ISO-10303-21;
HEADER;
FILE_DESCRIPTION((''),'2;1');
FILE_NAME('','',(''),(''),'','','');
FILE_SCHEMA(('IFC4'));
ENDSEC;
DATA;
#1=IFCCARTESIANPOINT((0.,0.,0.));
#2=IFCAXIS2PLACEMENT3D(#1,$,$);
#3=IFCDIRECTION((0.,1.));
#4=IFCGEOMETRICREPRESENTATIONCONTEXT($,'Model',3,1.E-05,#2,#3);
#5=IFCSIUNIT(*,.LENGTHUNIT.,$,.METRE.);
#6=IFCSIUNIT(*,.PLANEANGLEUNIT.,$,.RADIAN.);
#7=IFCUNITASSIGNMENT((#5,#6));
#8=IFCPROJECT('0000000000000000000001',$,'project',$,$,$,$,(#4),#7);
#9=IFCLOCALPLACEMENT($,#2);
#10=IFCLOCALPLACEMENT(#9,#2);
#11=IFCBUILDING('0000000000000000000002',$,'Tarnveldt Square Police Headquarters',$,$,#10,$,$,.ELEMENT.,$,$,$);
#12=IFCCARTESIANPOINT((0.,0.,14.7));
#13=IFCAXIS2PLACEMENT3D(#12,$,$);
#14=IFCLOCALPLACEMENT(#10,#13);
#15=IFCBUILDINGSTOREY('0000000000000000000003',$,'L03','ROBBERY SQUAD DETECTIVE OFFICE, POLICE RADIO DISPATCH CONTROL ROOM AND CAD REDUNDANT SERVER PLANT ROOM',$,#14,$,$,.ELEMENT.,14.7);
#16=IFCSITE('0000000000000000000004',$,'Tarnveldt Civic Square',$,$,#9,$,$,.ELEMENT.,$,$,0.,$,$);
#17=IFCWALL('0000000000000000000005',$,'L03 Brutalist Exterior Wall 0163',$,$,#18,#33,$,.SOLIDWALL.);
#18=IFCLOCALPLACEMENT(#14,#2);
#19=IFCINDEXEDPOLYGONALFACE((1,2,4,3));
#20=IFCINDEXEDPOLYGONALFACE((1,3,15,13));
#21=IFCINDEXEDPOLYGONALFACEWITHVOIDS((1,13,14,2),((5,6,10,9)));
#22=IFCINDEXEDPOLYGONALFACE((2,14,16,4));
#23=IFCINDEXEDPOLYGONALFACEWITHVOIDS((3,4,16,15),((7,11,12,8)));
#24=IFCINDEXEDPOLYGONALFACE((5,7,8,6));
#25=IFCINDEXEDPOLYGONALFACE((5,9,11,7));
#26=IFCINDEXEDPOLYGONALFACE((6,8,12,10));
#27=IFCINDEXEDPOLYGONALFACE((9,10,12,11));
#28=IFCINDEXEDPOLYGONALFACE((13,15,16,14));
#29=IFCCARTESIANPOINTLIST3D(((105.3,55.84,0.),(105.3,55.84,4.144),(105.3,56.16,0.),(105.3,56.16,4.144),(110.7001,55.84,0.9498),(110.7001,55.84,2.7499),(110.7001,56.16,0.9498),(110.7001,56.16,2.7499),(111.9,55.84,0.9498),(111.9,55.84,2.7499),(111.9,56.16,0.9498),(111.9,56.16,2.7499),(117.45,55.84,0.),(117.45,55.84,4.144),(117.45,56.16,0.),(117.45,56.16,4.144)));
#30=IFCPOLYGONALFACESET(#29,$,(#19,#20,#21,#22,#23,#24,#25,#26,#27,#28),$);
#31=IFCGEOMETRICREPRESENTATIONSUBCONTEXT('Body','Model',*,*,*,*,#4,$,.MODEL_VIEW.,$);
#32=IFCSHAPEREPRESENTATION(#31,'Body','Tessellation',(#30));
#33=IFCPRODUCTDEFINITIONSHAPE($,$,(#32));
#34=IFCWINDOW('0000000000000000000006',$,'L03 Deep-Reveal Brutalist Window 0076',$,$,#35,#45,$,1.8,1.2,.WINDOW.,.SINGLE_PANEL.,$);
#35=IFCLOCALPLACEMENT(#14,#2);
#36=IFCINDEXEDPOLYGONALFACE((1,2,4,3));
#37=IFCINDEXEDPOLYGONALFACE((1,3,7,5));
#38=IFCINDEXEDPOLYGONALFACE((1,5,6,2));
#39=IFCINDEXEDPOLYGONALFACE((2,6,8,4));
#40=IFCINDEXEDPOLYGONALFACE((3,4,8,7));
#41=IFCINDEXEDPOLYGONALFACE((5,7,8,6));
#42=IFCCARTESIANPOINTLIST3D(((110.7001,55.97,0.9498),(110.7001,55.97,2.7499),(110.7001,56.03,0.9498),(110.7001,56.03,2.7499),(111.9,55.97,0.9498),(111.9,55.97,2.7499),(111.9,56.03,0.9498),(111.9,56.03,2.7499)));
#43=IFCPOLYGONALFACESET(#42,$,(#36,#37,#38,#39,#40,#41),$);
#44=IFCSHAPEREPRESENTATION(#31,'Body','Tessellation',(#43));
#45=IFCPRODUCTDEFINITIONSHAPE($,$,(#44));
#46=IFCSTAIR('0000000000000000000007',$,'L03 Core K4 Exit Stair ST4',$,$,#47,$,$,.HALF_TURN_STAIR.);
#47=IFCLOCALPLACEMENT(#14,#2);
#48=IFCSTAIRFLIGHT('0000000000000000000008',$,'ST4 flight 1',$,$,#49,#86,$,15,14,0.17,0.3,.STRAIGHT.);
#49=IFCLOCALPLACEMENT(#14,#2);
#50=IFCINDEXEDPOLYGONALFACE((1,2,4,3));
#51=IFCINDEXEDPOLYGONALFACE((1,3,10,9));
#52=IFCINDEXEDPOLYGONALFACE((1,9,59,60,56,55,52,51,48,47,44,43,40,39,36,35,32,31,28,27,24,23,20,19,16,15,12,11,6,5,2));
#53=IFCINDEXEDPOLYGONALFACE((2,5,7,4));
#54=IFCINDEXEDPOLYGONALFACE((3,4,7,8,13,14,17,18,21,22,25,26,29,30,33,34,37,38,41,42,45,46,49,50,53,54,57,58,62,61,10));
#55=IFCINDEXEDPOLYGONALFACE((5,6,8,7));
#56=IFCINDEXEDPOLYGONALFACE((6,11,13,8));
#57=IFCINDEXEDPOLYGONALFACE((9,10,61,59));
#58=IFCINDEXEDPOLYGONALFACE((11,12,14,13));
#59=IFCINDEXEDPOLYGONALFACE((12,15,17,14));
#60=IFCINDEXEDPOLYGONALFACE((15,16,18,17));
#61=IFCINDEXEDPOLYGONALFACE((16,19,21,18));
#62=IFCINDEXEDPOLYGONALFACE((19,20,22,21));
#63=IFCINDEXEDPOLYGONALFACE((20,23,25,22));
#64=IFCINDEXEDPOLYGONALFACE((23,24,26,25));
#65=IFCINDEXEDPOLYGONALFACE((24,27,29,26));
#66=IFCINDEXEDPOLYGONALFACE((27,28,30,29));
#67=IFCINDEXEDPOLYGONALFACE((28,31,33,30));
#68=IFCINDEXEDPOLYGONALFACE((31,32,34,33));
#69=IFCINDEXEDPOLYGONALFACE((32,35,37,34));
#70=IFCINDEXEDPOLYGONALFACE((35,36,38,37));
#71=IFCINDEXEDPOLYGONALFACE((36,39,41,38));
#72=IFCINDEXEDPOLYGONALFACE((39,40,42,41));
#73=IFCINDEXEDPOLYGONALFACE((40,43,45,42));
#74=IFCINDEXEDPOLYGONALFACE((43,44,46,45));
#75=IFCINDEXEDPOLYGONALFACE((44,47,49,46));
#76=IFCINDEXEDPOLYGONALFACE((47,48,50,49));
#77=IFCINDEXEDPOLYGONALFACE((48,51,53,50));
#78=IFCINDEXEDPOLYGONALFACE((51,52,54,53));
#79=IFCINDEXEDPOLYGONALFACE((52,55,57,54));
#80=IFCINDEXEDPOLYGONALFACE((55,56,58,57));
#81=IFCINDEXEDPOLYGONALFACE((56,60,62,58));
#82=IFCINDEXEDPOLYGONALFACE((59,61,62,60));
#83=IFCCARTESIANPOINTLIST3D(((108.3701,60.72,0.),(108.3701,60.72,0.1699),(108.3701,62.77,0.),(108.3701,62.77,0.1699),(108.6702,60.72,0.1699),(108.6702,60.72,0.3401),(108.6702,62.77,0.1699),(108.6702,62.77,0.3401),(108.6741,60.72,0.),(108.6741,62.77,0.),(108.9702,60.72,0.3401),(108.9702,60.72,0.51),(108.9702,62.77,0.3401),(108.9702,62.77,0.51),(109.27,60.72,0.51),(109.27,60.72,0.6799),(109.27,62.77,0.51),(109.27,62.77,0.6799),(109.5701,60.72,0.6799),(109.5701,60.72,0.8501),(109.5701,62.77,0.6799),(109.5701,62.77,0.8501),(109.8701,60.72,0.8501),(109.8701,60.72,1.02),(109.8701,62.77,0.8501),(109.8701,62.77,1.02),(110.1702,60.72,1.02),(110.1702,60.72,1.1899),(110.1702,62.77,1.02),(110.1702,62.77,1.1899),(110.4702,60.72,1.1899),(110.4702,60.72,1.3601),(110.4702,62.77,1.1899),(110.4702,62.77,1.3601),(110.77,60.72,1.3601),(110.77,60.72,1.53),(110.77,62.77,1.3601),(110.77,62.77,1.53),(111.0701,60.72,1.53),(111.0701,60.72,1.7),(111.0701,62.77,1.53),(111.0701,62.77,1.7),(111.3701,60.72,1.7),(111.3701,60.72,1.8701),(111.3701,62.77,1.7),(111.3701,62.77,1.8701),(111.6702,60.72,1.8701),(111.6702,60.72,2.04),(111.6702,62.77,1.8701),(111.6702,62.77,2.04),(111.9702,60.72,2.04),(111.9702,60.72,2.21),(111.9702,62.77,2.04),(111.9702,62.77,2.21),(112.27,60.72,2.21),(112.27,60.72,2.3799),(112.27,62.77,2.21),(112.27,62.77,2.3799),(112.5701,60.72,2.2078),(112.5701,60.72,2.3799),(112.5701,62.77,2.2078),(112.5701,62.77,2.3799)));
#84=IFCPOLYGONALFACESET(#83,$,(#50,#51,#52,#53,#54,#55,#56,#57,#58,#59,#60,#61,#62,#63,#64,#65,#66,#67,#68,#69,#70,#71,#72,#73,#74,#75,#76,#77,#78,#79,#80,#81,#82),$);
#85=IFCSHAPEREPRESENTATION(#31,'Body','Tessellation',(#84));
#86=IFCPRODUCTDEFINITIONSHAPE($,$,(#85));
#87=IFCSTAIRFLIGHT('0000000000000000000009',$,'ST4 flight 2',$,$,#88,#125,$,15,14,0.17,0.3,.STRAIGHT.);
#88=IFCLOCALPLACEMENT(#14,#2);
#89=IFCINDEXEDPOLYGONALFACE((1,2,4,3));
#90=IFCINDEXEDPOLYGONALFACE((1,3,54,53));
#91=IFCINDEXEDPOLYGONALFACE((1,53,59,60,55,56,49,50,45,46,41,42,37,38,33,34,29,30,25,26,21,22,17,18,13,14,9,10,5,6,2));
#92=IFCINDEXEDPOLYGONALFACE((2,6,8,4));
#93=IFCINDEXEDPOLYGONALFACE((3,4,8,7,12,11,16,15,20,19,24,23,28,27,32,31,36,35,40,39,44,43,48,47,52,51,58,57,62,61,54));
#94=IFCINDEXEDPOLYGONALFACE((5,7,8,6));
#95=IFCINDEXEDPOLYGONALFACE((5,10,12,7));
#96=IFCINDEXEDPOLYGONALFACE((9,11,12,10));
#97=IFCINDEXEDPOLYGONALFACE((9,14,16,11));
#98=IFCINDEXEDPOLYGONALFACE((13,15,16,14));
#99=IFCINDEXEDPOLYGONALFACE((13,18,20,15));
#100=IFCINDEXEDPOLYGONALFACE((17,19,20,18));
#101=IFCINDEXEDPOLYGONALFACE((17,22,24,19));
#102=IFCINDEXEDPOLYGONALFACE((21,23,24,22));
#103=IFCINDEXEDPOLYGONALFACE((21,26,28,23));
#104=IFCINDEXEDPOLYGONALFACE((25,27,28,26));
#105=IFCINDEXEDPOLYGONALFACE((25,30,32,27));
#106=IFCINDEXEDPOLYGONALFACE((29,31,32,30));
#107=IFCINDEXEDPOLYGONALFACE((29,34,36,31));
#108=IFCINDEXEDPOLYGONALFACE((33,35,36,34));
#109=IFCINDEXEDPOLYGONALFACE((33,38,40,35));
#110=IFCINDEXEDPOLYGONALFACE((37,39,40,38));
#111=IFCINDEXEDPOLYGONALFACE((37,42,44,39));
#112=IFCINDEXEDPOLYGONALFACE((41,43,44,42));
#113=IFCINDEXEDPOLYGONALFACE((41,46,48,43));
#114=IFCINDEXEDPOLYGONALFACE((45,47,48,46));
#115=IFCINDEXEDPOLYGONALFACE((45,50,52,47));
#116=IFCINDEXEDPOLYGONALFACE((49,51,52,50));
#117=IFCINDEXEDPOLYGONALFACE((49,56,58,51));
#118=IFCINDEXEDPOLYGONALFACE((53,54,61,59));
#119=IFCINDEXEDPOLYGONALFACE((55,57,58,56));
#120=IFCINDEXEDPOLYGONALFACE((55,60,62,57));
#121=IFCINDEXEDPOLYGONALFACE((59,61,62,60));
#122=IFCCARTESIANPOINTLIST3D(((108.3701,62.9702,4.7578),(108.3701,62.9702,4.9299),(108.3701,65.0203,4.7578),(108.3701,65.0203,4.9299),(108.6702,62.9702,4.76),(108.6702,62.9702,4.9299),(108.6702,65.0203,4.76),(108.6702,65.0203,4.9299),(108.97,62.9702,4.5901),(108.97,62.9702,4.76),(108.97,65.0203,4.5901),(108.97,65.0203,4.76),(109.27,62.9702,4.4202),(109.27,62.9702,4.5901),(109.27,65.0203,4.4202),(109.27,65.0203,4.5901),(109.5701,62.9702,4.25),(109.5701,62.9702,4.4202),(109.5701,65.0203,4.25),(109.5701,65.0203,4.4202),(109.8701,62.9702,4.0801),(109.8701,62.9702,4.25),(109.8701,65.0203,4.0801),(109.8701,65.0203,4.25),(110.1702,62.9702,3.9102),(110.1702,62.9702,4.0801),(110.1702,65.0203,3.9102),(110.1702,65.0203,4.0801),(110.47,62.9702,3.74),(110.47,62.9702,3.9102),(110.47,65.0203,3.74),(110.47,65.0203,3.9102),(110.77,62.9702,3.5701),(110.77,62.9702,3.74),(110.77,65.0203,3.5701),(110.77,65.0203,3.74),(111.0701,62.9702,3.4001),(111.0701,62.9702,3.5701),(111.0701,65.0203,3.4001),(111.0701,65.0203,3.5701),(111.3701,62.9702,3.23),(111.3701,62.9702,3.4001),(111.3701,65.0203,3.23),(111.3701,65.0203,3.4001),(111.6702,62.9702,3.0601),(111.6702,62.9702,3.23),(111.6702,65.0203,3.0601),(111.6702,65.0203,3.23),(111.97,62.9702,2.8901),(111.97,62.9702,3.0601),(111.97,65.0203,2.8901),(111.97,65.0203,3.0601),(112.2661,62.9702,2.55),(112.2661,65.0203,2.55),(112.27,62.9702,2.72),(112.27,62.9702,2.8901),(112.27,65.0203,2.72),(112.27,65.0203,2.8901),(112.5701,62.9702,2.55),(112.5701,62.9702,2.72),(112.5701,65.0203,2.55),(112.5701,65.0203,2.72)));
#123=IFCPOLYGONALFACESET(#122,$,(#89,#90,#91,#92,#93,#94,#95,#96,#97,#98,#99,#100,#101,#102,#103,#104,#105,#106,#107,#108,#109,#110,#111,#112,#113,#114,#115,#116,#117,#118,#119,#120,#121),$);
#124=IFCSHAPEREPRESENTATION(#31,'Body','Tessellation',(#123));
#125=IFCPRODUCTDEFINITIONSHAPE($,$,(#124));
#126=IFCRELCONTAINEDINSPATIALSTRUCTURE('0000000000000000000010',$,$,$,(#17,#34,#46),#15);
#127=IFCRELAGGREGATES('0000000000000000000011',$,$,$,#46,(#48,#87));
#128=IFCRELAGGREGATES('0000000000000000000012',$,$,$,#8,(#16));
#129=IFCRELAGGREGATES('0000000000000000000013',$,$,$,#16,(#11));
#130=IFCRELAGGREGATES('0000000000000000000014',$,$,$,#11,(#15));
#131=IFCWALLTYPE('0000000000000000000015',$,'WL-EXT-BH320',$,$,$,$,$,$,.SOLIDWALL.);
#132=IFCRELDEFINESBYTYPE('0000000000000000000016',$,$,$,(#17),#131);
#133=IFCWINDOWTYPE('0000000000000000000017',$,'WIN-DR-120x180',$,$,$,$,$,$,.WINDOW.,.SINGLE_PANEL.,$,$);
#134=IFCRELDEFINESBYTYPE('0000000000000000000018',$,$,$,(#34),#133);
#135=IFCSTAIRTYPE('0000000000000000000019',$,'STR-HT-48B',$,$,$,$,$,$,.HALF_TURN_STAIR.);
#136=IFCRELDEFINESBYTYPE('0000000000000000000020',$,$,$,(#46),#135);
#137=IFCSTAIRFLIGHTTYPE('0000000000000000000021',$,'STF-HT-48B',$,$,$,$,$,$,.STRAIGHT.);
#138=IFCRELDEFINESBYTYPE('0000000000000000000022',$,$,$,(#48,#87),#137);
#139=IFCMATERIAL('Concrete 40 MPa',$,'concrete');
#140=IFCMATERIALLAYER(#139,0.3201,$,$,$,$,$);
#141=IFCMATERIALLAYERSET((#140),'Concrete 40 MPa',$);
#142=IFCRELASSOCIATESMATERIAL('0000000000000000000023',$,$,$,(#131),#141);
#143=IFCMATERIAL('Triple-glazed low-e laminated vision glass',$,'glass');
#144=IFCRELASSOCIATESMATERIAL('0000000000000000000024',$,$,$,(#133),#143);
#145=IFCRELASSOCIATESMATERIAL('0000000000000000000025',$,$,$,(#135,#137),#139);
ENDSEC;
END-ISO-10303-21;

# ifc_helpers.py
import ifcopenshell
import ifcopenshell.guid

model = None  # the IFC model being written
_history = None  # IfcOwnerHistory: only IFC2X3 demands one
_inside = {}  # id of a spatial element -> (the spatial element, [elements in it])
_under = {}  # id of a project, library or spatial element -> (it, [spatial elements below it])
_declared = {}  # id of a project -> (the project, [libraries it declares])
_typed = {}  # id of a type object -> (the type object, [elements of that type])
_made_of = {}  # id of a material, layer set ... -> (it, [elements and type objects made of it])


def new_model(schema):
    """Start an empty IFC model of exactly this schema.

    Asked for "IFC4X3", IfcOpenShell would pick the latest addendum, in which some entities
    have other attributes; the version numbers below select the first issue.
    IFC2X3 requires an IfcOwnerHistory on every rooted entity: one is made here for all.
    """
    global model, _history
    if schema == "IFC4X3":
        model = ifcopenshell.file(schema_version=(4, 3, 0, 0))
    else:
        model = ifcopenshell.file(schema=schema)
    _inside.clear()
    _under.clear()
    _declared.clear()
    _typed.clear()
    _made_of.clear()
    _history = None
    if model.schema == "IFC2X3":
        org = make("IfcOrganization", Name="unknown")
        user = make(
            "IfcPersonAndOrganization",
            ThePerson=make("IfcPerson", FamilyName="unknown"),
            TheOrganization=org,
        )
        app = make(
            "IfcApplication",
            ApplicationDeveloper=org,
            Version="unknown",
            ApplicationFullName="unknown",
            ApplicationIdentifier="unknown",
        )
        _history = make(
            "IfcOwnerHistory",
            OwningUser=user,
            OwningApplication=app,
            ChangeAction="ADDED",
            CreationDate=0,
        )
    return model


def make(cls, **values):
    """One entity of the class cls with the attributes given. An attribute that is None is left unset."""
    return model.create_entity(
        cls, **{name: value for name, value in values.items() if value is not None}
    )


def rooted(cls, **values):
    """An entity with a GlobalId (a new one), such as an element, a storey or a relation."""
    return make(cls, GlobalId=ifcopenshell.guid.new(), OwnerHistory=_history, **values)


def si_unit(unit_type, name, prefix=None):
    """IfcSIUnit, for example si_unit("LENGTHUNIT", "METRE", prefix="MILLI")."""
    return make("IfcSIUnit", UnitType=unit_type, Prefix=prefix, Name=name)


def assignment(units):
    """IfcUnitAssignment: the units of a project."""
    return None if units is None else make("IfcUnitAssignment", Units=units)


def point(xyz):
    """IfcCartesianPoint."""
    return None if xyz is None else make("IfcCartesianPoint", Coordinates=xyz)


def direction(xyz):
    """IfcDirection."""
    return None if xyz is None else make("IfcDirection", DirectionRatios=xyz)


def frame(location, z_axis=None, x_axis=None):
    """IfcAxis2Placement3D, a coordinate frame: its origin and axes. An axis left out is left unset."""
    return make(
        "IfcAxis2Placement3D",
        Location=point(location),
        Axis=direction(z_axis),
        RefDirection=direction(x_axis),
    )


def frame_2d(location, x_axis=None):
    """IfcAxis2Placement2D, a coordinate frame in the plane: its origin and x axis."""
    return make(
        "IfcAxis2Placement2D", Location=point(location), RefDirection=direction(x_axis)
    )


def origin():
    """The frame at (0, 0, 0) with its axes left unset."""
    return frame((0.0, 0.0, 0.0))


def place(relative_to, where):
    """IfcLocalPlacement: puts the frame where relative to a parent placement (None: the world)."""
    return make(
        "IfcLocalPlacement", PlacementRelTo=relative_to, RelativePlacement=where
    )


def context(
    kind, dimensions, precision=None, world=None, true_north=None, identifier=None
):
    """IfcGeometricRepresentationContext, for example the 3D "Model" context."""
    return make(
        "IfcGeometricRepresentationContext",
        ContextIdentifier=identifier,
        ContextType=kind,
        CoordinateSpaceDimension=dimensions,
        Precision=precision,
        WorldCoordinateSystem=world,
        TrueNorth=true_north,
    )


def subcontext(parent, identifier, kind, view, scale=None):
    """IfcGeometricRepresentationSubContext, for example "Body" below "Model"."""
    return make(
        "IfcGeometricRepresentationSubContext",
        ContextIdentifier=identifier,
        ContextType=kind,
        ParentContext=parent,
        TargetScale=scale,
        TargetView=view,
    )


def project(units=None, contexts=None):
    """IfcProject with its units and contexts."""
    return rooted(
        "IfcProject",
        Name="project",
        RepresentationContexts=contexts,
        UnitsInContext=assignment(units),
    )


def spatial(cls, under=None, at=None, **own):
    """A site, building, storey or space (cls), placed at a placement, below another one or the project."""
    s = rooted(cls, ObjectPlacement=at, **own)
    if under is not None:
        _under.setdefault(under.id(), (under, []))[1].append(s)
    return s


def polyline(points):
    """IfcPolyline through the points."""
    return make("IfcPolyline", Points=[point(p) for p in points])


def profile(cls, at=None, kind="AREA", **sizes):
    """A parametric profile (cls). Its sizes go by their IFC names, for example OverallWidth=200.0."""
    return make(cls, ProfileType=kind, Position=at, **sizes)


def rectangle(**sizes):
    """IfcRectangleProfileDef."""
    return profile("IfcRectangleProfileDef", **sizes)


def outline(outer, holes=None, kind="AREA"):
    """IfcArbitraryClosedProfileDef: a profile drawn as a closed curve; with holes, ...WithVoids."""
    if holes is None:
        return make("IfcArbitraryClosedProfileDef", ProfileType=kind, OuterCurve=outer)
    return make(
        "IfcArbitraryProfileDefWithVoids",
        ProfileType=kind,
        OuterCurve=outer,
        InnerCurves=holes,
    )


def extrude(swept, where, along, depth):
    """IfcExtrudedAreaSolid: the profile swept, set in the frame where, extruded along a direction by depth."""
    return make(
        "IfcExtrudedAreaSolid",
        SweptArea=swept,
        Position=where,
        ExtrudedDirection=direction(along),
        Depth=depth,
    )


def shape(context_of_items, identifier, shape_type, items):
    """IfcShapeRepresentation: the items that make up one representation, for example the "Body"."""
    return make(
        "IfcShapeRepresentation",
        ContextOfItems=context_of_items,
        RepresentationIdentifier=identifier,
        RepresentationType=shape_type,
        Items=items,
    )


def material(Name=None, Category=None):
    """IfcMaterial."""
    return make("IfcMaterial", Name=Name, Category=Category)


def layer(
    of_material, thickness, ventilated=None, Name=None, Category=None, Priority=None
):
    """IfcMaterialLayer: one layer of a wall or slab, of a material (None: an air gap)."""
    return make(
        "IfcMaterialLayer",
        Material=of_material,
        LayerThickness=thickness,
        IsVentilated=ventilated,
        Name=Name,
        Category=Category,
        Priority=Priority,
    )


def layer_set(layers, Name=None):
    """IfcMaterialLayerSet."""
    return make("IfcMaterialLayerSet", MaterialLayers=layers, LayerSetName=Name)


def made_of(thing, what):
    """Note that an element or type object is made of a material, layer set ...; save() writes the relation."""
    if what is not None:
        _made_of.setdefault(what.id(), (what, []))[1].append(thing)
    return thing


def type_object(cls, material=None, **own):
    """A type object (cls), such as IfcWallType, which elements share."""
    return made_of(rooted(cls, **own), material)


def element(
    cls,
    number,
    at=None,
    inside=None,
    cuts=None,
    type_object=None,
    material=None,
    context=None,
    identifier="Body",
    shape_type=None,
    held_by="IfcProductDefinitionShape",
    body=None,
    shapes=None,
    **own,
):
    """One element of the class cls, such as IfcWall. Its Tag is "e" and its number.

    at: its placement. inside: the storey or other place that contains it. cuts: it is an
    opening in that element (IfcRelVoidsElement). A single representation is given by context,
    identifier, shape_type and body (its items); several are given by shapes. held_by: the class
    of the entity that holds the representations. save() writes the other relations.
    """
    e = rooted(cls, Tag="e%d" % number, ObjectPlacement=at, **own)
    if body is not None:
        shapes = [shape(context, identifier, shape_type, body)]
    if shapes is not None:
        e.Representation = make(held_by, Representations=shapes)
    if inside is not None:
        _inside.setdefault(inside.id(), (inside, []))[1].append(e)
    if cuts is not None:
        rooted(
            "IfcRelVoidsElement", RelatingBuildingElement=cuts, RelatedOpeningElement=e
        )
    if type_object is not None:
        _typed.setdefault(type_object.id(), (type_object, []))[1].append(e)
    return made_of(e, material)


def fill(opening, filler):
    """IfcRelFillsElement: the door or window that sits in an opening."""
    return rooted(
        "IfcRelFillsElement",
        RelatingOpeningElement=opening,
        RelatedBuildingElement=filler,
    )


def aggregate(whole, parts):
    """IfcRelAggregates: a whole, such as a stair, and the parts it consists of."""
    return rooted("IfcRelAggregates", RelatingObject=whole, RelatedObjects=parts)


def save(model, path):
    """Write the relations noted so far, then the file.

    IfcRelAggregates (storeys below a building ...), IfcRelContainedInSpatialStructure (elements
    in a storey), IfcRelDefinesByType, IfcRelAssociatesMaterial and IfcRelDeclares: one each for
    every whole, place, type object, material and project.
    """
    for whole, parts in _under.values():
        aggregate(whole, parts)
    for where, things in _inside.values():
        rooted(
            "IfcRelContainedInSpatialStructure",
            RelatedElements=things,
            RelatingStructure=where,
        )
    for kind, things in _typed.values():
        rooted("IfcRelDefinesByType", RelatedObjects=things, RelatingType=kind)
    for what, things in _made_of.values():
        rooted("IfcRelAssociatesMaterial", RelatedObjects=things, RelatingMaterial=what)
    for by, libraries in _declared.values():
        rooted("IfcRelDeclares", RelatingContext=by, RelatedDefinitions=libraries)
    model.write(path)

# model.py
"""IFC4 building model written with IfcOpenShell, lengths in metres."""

from ifc_helpers import new_model, si_unit, direction, frame, frame_2d, origin, place, context, subcontext, project, spatial, polyline, rectangle, outline, extrude, material, layer, layer_set, type_object, element, fill, aggregate, save


model = new_model("IFC4")

# Units and contexts
model_context = context("Model", 3, precision=1e-05, world=origin(), true_north=direction((0.0, 1.0)))
body_context = subcontext(model_context, "Body", "Model", "MODEL_VIEW")
ifc_project = project(units=[si_unit("LENGTHUNIT", "METRE"), si_unit("PLANEANGLEUNIT", "RADIAN")], contexts=[model_context])

# Site, building, storey
site_placement = place(None, origin())
site = spatial("IfcSite", under=ifc_project, at=site_placement, Name="Tarnveldt Civic Square", CompositionType="ELEMENT", RefElevation=0.0)
building_placement = place(site_placement, origin())
building = spatial("IfcBuilding", under=site, at=building_placement, Name="Tarnveldt Square Police Headquarters", CompositionType="ELEMENT")
storey_placement = place(building_placement, frame((0.0, 0.0, 14.7)))
storey = spatial("IfcBuildingStorey", under=building, at=storey_placement, Name="L03", Description="ROBBERY SQUAD DETECTIVE OFFICE, POLICE RADIO DISPATCH CONTROL ROOM AND CAD REDUNDANT SERVER PLANT ROOM", CompositionType="ELEMENT", Elevation=14.7)

# Shared definitions
ifc_material_1 = material(Name="Concrete 40 MPa", Category="concrete")

# Wall, opening, window
ifc_layer_1 = layer(ifc_material_1, 0.3201)
ifc_layer_set_1 = layer_set([ifc_layer_1], Name="Concrete 40 MPa")
wall_type_1 = type_object("IfcWallType", Name="WL-EXT-BH320", PredefinedType="SOLIDWALL", material=ifc_layer_set_1)
wall_1_placement = place(storey_placement, frame((105.3, 56.0, 0.0), z_axis=(0.0, 0.0, 1.0), x_axis=(1.0, 0.0, 0.0)))
wall_1 = element("IfcWall", 1, at=wall_1_placement, inside=storey, type_object=wall_type_1, Name="L03 Brutalist Exterior Wall 0163", PredefinedType="SOLIDWALL", context=body_context, shape_type="SweptSolid", body=[
    extrude(rectangle(XDim=12.1499, YDim=0.3201, at=frame_2d((6.075, 0.0))), origin(), (0.0, 0.0, 1.0), 4.144),
])
opening_1_placement = place(wall_1_placement, frame((5.3999, 0.0, 0.95)))
opening_1 = element("IfcOpeningElement", 2, at=opening_1_placement, cuts=wall_1, PredefinedType="OPENING", context=body_context, shape_type="SweptSolid", body=[
    extrude(rectangle(XDim=1.2, YDim=1.8, at=frame_2d((0.6001, 0.8999))), frame((0.0, 0.1699, 0.0), z_axis=(0.0, -1.0, 0.0), x_axis=(1.0, 0.0, 0.0)), (0.0, 0.0, 1.0), 0.3401),
])
ifc_material_2 = material(Name="Triple-glazed low-e laminated vision glass", Category="glass")
window_type = type_object("IfcWindowType", Name="WIN-DR-120x180", PartitioningType="SINGLE_PANEL", PredefinedType="WINDOW", material=ifc_material_2)
window_placement = place(opening_1_placement, origin())
window = element("IfcWindow", 3, at=window_placement, inside=storey, type_object=window_type, Name="L03 Deep-Reveal Brutalist Window 0076", OverallHeight=1.8, OverallWidth=1.2, PartitioningType="SINGLE_PANEL", PredefinedType="WINDOW", context=body_context, shape_type="SweptSolid", body=[
    extrude(rectangle(XDim=1.2, YDim=1.8, at=frame_2d((0.6001, 0.8999))), frame((0.0, 0.03, 0.0), z_axis=(0.0, -1.0, 0.0), x_axis=(1.0, 0.0, 0.0)), (0.0, 0.0, 1.0), 0.0601),
])
fill(opening_1, window)

# Stair, stair flights
stair_type = type_object("IfcStairType", Name="STR-HT-48B", PredefinedType="HALF_TURN_STAIR", material=ifc_material_1)
stair_placement = place(storey_placement, origin())
stair = element("IfcStair", 4, at=stair_placement, inside=storey, type_object=stair_type, Name="L03 Core K4 Exit Stair ST4", PredefinedType="HALF_TURN_STAIR")
stair_flight_type = type_object("IfcStairFlightType", Name="STF-HT-48B", PredefinedType="STRAIGHT", material=ifc_material_1)
stair_flight_1_placement = place(storey_placement, frame((108.3701, 61.7451, 0.0), z_axis=(0.0, 0.0, 1.0), x_axis=(1.0, 0.0, 0.0)))
stair_flight_1 = element("IfcStairFlight", 5, at=stair_flight_1_placement, type_object=stair_flight_type, Name="ST4 flight 1", NumberOfRisers=15, NumberOfTreads=14, PredefinedType="STRAIGHT", RiserHeight=0.17, TreadLength=0.3, context=body_context, shape_type="SweptSolid", body=[
    extrude(outline(polyline([(0.0, 0.0), (0.0, 0.1699), (0.3, 0.1699), (0.3, 0.3401), (0.6001, 0.3401), (0.6001, 0.51), (0.8999, 0.51), (0.8999, 0.6799), (1.2, 0.6799), (1.2, 0.8501), (1.5, 0.8501), (1.5, 1.02), (1.8, 1.02), (1.8, 1.1899), (2.1001, 1.1899), (2.1001, 1.3601), (2.3999, 1.3601), (2.3999, 1.53), (2.7, 1.53), (2.7, 1.7), (3.0, 1.7), (3.0, 1.8701), (3.3, 1.8701), (3.3, 2.04), (3.6001, 2.04), (3.6001, 2.21), (3.8999, 2.21), (3.8999, 2.3799), (4.2, 2.3799), (4.2, 2.55), (4.2, 2.2078), (0.304, 0.0), (0.0, 0.0)])), frame((0.0, 1.0249, 0.0), z_axis=(0.0, -1.0, 0.0), x_axis=(1.0, 0.0, 0.0)), (0.0, 0.0, 1.0), 2.05),
])
stair_flight_2_placement = place(storey_placement, frame((112.5701, 63.9951, 2.55), z_axis=(0.0, 0.0, 1.0), x_axis=(-1.0, 0.0, 0.0)))
stair_flight_2 = element("IfcStairFlight", 6, at=stair_flight_2_placement, type_object=stair_flight_type, Name="ST4 flight 2", NumberOfRisers=15, NumberOfTreads=14, PredefinedType="STRAIGHT", RiserHeight=0.17, TreadLength=0.3, context=body_context, shape_type="SweptSolid", body=[
    extrude(outline(polyline([(0.0, 0.0), (0.0, 0.1699), (0.3, 0.1699), (0.3, 0.3401), (0.6001, 0.3401), (0.6001, 0.51), (0.8999, 0.51), (0.8999, 0.6799), (1.2, 0.6799), (1.2, 0.8501), (1.5, 0.8501), (1.5, 1.02), (1.8, 1.02), (1.8, 1.1899), (2.1001, 1.1899), (2.1001, 1.3601), (2.3999, 1.3601), (2.3999, 1.53), (2.7, 1.53), (2.7, 1.7), (3.0, 1.7), (3.0, 1.8701), (3.3, 1.8701), (3.3, 2.04), (3.6001, 2.04), (3.6001, 2.21), (3.8999, 2.21), (3.8999, 2.3799), (4.2, 2.3799), (4.2, 2.55), (4.2, 2.2078), (0.304, 0.0), (0.0, 0.0)])), frame((0.0, 1.0249, 0.0), z_axis=(0.0, -1.0, 0.0), x_axis=(1.0, 0.0, 0.0)), (0.0, 0.0, 1.0), 2.05),
])
aggregate(stair, [stair_flight_1, stair_flight_2])

save(model, "model.ifc")
